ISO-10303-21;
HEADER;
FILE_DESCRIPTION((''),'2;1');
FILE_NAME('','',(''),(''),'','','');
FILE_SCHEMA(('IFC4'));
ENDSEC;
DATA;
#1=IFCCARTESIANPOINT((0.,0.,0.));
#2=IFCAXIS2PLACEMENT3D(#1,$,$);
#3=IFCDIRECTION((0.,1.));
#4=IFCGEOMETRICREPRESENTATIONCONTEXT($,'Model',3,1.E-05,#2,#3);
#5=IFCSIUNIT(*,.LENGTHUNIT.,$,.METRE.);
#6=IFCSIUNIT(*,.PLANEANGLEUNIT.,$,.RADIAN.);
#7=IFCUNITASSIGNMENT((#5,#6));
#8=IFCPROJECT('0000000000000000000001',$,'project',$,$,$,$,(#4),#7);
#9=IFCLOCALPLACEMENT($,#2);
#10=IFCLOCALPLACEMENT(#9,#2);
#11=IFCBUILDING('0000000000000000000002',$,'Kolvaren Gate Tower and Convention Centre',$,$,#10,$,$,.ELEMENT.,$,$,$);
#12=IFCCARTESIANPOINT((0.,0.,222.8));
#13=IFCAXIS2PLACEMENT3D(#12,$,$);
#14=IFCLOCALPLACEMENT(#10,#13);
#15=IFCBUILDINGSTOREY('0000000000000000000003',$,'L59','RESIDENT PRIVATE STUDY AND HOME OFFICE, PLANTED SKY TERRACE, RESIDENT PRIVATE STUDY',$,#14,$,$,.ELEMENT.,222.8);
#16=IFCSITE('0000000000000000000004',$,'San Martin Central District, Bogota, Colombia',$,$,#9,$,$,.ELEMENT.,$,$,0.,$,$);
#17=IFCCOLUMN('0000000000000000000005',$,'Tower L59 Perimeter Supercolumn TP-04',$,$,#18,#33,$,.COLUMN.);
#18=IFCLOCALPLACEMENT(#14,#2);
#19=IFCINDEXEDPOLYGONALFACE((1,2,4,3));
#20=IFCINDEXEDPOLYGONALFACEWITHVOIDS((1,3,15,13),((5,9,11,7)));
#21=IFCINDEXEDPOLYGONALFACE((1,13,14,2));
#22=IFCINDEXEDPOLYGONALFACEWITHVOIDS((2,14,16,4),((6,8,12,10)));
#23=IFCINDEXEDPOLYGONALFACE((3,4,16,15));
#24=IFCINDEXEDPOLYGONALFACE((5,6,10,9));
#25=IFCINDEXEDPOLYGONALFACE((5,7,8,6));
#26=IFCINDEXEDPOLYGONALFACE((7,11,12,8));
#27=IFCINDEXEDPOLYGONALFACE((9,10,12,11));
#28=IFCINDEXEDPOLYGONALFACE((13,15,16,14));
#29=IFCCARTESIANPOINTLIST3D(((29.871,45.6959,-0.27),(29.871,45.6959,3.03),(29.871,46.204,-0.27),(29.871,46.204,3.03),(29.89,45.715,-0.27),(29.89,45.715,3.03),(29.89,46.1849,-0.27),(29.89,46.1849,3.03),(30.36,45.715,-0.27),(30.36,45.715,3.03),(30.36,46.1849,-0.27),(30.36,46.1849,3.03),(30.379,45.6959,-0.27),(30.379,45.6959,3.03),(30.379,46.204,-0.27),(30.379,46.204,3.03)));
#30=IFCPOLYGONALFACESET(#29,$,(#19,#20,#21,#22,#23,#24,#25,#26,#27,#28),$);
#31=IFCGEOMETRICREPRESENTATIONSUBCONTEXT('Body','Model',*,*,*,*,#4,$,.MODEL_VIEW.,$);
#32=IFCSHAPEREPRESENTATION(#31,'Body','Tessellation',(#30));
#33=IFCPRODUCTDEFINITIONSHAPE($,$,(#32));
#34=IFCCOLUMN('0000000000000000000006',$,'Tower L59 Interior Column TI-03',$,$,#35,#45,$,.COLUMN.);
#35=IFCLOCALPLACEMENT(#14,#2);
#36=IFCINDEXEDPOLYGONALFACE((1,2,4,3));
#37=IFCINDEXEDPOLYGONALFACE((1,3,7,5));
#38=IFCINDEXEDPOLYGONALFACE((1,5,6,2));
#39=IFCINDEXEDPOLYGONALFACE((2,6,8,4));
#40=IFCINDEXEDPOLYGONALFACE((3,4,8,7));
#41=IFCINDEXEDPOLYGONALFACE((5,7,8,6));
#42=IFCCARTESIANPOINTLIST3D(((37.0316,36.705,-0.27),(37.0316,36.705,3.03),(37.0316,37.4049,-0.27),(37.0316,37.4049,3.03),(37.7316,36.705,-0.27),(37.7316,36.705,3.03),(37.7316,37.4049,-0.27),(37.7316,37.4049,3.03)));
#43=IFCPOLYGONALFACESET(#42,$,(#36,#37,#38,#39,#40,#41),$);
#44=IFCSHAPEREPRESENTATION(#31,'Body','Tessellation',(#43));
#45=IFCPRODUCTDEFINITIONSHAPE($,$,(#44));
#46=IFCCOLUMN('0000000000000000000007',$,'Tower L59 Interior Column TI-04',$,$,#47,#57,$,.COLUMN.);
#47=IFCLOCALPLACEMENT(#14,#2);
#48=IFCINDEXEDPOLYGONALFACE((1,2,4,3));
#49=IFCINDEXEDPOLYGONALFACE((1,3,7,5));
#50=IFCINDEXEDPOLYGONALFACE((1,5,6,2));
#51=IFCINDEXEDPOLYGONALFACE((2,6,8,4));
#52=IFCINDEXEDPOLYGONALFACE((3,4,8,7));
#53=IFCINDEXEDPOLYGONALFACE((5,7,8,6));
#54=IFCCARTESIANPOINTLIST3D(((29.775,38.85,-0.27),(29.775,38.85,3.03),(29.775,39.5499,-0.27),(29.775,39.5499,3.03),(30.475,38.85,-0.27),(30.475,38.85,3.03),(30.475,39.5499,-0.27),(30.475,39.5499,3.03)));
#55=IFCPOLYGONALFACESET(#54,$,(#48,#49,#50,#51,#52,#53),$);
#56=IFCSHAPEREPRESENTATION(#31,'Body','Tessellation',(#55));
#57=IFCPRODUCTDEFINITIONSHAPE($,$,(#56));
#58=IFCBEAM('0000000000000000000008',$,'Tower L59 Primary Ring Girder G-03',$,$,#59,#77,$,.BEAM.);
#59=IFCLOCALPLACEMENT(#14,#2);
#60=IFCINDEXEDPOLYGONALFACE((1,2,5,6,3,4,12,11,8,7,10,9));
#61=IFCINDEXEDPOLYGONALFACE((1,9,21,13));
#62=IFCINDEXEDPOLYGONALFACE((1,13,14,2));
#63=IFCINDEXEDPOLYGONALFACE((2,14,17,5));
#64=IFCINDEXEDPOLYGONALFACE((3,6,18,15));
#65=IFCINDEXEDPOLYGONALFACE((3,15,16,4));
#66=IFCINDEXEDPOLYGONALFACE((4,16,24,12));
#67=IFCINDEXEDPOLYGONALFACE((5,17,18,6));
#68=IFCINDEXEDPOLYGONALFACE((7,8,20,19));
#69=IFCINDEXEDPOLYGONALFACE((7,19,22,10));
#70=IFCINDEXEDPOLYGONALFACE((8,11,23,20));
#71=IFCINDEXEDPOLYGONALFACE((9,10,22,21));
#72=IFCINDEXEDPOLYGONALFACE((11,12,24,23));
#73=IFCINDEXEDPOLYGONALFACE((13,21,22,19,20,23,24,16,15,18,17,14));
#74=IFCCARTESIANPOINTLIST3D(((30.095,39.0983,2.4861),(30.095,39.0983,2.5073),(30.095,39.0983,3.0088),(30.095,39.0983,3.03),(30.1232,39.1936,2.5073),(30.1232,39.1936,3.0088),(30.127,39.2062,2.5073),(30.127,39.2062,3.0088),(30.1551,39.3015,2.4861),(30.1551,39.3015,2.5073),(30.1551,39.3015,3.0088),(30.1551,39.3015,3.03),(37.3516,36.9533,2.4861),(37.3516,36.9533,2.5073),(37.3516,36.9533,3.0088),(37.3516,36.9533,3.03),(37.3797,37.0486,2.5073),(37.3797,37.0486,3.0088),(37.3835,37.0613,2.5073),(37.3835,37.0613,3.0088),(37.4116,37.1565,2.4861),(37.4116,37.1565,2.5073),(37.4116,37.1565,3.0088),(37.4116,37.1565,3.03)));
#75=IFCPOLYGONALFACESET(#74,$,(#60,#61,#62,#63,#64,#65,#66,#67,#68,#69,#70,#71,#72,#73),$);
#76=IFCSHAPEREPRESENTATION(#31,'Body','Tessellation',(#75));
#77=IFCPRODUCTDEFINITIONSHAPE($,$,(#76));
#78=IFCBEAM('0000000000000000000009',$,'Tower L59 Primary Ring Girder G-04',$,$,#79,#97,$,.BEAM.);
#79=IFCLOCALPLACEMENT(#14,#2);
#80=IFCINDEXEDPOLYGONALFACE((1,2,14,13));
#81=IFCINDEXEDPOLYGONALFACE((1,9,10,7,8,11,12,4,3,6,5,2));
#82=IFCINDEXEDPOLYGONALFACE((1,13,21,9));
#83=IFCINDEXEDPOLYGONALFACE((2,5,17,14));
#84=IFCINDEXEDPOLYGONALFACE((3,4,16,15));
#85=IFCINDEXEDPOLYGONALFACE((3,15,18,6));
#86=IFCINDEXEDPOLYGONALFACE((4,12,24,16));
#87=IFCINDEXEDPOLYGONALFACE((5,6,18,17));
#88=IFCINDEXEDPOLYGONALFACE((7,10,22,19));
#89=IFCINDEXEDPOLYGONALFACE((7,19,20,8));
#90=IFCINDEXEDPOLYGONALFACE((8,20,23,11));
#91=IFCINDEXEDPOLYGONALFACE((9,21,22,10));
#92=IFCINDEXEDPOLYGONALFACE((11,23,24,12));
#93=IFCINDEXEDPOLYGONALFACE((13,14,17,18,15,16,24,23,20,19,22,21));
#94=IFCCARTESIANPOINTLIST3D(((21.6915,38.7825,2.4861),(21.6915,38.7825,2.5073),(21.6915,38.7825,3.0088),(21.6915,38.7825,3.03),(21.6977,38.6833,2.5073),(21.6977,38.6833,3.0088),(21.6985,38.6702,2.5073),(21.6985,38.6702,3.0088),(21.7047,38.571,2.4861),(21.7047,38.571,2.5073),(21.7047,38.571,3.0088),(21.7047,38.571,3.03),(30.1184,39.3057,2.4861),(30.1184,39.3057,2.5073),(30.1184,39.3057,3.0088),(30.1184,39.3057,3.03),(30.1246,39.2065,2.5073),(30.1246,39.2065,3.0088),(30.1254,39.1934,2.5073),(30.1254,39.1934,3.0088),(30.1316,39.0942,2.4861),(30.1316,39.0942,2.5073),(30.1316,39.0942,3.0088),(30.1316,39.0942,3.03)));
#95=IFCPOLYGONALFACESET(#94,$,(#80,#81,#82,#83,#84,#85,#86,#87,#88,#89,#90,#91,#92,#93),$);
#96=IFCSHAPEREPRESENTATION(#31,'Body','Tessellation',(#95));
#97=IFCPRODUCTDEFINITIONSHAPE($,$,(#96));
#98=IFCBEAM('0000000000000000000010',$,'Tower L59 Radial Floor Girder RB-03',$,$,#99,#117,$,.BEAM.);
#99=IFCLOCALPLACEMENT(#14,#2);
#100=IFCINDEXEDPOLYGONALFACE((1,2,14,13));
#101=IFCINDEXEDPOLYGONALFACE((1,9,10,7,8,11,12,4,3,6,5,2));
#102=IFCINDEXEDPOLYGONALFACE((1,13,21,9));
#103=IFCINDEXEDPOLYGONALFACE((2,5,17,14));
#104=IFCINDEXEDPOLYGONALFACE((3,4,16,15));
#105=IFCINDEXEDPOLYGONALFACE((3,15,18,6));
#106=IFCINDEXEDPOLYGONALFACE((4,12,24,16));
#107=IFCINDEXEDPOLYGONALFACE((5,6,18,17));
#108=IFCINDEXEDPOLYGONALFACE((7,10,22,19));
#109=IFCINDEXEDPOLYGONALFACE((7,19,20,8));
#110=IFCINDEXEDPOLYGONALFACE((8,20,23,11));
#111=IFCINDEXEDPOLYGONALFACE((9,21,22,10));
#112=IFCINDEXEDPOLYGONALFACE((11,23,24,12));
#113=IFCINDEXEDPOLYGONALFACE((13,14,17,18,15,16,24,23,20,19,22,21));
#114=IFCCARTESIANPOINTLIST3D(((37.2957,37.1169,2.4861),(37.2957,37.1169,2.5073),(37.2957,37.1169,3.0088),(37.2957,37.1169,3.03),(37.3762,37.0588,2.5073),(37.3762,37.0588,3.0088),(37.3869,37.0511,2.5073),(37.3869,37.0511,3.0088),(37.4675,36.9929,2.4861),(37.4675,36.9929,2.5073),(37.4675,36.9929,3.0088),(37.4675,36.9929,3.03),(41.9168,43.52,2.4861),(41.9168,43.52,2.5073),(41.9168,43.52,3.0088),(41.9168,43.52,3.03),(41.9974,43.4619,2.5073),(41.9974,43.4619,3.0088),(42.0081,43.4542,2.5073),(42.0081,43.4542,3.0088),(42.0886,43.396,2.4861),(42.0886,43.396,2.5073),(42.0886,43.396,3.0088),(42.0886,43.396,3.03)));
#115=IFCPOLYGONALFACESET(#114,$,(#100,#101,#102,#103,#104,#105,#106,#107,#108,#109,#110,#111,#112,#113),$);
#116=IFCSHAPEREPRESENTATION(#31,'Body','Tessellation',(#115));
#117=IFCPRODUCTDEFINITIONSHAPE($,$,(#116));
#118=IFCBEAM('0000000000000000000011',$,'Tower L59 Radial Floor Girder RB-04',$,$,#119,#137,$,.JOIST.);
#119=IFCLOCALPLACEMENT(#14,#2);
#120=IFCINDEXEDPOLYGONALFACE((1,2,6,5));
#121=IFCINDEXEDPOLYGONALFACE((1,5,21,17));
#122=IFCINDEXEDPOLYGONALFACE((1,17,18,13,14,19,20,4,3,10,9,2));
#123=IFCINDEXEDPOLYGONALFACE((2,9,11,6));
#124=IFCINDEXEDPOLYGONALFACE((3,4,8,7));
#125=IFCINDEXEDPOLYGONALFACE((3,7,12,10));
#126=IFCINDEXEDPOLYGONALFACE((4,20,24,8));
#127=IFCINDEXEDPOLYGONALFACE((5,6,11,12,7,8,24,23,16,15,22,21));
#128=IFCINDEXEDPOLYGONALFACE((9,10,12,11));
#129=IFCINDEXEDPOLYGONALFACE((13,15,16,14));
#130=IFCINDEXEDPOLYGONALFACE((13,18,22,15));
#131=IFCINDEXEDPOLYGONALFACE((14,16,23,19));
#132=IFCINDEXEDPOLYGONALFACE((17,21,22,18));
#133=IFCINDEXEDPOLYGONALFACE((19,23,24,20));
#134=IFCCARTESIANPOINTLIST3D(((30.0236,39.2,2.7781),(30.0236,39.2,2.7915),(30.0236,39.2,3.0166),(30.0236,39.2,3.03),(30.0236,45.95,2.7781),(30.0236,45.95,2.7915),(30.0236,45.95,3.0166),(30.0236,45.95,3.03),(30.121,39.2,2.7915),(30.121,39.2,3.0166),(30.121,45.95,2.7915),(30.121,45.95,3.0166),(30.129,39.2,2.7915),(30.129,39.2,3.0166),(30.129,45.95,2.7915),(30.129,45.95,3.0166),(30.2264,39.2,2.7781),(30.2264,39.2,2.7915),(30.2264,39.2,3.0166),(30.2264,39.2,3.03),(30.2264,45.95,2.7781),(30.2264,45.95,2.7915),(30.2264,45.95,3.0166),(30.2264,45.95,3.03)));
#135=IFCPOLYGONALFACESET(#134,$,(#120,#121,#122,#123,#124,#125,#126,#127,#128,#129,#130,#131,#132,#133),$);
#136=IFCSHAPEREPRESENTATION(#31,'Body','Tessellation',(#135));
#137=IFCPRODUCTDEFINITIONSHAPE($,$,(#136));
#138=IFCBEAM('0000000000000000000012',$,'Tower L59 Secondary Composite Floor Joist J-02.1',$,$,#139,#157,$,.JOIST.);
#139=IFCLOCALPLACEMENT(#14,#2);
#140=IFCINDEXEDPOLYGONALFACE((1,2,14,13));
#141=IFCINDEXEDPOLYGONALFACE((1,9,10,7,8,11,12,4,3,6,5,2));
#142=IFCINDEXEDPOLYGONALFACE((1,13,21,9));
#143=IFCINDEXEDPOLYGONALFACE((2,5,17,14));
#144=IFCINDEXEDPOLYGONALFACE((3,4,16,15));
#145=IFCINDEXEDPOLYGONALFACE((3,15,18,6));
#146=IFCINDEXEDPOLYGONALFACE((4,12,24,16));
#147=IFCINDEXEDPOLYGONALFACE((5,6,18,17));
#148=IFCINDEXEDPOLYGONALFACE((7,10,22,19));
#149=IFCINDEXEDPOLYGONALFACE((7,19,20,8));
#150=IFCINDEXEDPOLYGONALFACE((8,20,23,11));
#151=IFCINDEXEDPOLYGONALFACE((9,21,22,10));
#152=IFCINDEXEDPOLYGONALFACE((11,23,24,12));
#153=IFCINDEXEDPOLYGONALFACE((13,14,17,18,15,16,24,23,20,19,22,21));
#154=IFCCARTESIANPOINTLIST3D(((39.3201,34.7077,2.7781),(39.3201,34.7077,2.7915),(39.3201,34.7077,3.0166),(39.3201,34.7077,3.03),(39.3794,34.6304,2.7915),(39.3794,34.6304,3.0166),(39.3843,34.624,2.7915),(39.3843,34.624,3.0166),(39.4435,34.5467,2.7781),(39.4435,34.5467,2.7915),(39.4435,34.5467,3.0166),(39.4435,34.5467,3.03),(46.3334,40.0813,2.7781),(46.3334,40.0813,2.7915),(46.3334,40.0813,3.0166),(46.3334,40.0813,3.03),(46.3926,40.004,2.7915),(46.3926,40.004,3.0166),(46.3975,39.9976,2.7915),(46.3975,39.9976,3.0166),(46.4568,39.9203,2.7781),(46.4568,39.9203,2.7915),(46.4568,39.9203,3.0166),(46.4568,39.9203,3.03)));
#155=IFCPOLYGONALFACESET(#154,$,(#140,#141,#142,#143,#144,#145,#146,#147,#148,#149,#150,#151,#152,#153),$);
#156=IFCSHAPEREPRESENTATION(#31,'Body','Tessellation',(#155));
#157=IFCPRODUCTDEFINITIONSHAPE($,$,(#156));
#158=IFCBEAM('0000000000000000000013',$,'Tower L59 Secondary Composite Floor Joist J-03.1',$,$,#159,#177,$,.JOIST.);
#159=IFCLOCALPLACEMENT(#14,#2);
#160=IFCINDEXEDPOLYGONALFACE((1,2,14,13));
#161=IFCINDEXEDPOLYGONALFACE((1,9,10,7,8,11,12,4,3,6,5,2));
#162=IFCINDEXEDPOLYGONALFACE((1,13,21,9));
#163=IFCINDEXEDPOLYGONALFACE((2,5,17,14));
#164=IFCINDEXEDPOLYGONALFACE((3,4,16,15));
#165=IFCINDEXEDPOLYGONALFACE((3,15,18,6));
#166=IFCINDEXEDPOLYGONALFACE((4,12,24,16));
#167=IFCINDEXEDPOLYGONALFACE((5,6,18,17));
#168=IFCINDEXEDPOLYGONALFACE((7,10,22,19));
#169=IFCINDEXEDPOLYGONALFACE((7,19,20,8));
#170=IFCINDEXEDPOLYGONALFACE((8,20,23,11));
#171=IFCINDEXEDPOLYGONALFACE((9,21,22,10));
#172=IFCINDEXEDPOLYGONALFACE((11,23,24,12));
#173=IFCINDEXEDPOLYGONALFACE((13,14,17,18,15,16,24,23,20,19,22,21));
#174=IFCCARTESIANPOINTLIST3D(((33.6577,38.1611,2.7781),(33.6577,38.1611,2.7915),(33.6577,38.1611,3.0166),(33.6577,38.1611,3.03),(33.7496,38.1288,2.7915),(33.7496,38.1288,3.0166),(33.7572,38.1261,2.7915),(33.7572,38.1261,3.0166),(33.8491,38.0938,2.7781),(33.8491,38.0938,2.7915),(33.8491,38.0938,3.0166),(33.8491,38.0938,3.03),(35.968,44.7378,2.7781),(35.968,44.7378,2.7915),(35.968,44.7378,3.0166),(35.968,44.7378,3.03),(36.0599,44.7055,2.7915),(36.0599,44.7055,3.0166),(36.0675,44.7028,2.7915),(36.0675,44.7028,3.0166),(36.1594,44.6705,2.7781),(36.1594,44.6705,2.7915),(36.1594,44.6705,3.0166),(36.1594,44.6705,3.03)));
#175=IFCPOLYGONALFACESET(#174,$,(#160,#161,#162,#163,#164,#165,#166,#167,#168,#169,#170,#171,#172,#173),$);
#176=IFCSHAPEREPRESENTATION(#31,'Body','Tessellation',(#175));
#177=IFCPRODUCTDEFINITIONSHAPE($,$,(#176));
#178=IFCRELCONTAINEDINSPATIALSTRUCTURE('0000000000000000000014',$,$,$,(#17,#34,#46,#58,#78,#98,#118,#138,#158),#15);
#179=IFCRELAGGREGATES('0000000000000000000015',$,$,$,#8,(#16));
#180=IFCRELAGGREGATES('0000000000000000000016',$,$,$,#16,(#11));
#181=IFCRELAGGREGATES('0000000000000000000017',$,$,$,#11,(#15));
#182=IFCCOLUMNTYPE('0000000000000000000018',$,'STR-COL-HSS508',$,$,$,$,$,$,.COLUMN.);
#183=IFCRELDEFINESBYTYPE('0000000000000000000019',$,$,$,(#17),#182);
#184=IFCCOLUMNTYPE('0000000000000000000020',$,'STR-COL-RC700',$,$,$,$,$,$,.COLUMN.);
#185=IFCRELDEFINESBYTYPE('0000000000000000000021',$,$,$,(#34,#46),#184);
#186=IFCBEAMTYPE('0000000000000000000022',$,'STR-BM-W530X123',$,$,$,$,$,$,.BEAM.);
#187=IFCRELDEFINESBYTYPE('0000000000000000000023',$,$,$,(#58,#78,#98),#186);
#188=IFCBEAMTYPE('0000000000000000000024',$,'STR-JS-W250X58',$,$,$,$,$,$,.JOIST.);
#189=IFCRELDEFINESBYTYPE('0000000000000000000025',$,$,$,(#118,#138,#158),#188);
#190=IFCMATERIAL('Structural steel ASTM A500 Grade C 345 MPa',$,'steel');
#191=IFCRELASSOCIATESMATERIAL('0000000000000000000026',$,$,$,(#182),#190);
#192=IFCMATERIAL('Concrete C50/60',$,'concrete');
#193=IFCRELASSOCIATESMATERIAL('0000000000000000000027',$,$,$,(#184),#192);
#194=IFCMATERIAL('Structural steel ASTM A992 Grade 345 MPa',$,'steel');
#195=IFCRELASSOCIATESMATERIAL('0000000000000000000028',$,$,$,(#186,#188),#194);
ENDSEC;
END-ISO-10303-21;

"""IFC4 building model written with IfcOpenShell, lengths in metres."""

from ifc_helpers import new_model, si_unit, direction, frame, origin, origin_2d, place, context, subcontext, project, spatial, rectangle, hollow_rectangle, i_section, extrude, material, material_profile, profile_set, type_object, element, save


model = new_model("IFC4")

# Units and contexts
model_context = context("Model", 3, precision=1e-05, world=origin(), true_north=direction((0.0, 1.0)))
body_context = subcontext(model_context, "Body", "Model", "MODEL_VIEW")
ifc_project = project(units=[si_unit("LENGTHUNIT", "METRE"), si_unit("PLANEANGLEUNIT", "RADIAN")], contexts=[model_context])

# Site, building, storey
site_placement = place(None, origin())
site = spatial("IfcSite", under=ifc_project, at=site_placement, Name="San Martin Central District, Bogota, Colombia", CompositionType="ELEMENT", RefElevation=0.0)
building_placement = place(site_placement, origin())
building = spatial("IfcBuilding", under=site, at=building_placement, Name="Kolvaren Gate Tower and Convention Centre", CompositionType="ELEMENT")
storey_placement = place(building_placement, frame((0.0, 0.0, 222.8)))
storey = spatial("IfcBuildingStorey", under=building, at=storey_placement, Name="L59", Description="RESIDENT PRIVATE STUDY AND HOME OFFICE, PLANTED SKY TERRACE, RESIDENT PRIVATE STUDY", CompositionType="ELEMENT", Elevation=222.8)

# Columns
ifc_material_1 = material(Name="Structural steel ASTM A500 Grade C 345 MPa", Category="steel")
ifc_material_profile_1 = material_profile(ifc_material_1, hollow_rectangle(XDim=0.5081, YDim=0.5081, WallThickness=0.019, at=origin_2d()), Name="HSS508X508X19.1")
ifc_profile_set_1 = profile_set([ifc_material_profile_1], Name="Structural steel ASTM A500 Grade C 345 MPa")
column_type_1 = type_object("IfcColumnType", Name="STR-COL-HSS508", PredefinedType="COLUMN", material=ifc_profile_set_1)
column_placement = place(storey_placement, frame((30.125, 45.95, -0.27), z_axis=(0.0, 0.0, 1.0), x_axis=(1.0, 0.0, 0.0)))
element("IfcColumn", 1, at=column_placement, inside=storey, type_object=column_type_1, Name="Tower L59 Perimeter Supercolumn TP-04", PredefinedType="COLUMN", context=body_context, shape_type="SweptSolid", body=[
    extrude(hollow_rectangle(XDim=0.5081, YDim=0.5081, WallThickness=0.019, at=origin_2d()), origin(), (0.0, 0.0, 1.0), 3.3),
])
ifc_material_2 = material(Name="Concrete C50/60", Category="concrete")
ifc_material_profile_2 = material_profile(ifc_material_2, rectangle(XDim=0.7, YDim=0.7, at=origin_2d()), Name="RC-COL-700X700")
ifc_profile_set_2 = profile_set([ifc_material_profile_2], Name="Concrete C50/60")
column_type_2 = type_object("IfcColumnType", Name="STR-COL-RC700", PredefinedType="COLUMN", material=ifc_profile_set_2)
for number, where, z_axis, x_axis, name in (
    (2, (37.3816, 37.0549, -0.27), (0.0, 0.0, 1.0), (1.0, 0.0, 0.0), "Tower L59 Interior Column TI-03"),
    (3, (30.125, 39.2, -0.27), (0.0, 0.0, 1.0), (1.0, 0.0, 0.0), "Tower L59 Interior Column TI-04"),
):
    element("IfcColumn", number, at=place(storey_placement, frame(where, z_axis=z_axis, x_axis=x_axis)), inside=storey, type_object=column_type_2, Name=name, PredefinedType="COLUMN", context=body_context, shape_type="SweptSolid", body=[
        extrude(rectangle(XDim=0.7, YDim=0.7, at=origin_2d()), origin(), (0.0, 0.0, 1.0), 3.3),
    ])

# Beams
ifc_material_3 = material(Name="Structural steel ASTM A992 Grade 345 MPa", Category="steel")
ifc_material_profile_3 = material_profile(ifc_material_3, i_section(OverallWidth=0.2119, OverallDepth=0.5439, WebThickness=0.0132, FlangeThickness=0.0212, at=origin_2d()), Name="W530X123")
ifc_profile_set_3 = profile_set([ifc_material_profile_3], Name="Structural steel ASTM A992 Grade 345 MPa")
beam_type_1 = type_object("IfcBeamType", Name="STR-BM-W530X123", PredefinedType="BEAM", material=ifc_profile_set_3)
beam_1_placement = place(storey_placement, frame((37.3816, 37.0549, 2.7581), z_axis=(-0.958981, 0.283471, 0.0), x_axis=(-0.283471, -0.958981, 0.0)))
element("IfcBeam", 4, at=beam_1_placement, inside=storey, type_object=beam_type_1, Name="Tower L59 Primary Ring Girder G-03", PredefinedType="BEAM", context=body_context, shape_type="SweptSolid", body=[
    extrude(i_section(OverallWidth=0.2119, OverallDepth=0.5439, WebThickness=0.0132, FlangeThickness=0.0212, at=origin_2d()), origin(), (0.0, 0.0, 1.0), 7.5669),
])
beam_2_placement = place(storey_placement, frame((30.125, 39.2, 2.7581), z_axis=(-0.998078, -0.061966, 0.0), x_axis=(0.061966, -0.998078, 0.0)))
element("IfcBeam", 5, at=beam_2_placement, inside=storey, type_object=beam_type_1, Name="Tower L59 Primary Ring Girder G-04", PredefinedType="BEAM", context=body_context, shape_type="SweptSolid", body=[
    extrude(i_section(OverallWidth=0.2119, OverallDepth=0.5439, WebThickness=0.0132, FlangeThickness=0.0212, at=origin_2d()), origin(), (0.0, 0.0, 1.0), 8.4431),
])
beam_3_placement = place(storey_placement, frame((37.3816, 37.0549, 2.7581), z_axis=(0.585212, 0.810881, 0.0), x_axis=(-0.810881, 0.585212, 0.0)))
element("IfcBeam", 6, at=beam_3_placement, inside=storey, type_object=beam_type_1, Name="Tower L59 Radial Floor Girder RB-03", PredefinedType="BEAM", context=body_context, shape_type="SweptSolid", body=[
    extrude(i_section(OverallWidth=0.2119, OverallDepth=0.5439, WebThickness=0.0132, FlangeThickness=0.0212, at=origin_2d()), origin(), (0.0, 0.0, 1.0), 7.8965),
])
ifc_material_profile_4 = material_profile(ifc_material_3, i_section(OverallWidth=0.2029, OverallDepth=0.252, WebThickness=0.0081, FlangeThickness=0.0134, at=origin_2d()), Name="W250X58")
ifc_profile_set_4 = profile_set([ifc_material_profile_4], Name="Structural steel ASTM A992 Grade 345 MPa")
beam_type_2 = type_object("IfcBeamType", Name="STR-JS-W250X58", PredefinedType="JOIST", material=ifc_profile_set_4)
beam_4_placement = place(storey_placement, frame((30.125, 39.2, 2.9041), z_axis=(0.0, 1.0, 0.0), x_axis=(-1.0, 0.0, 0.0)))
element("IfcBeam", 7, at=beam_4_placement, inside=storey, type_object=beam_type_2, Name="Tower L59 Radial Floor Girder RB-04", PredefinedType="JOIST", context=body_context, shape_type="SweptSolid", body=[
    extrude(i_section(OverallWidth=0.2029, OverallDepth=0.252, WebThickness=0.0081, FlangeThickness=0.0134, at=origin_2d()), origin(), (0.0, 0.0, 1.0), 6.75),
])
beam_5_placement = place(storey_placement, frame((39.3818, 34.6272, 2.9041), z_axis=(0.793783, 0.608201, 0.0), x_axis=(-0.608201, 0.793783, 0.0)))
element("IfcBeam", 8, at=beam_5_placement, inside=storey, type_object=beam_type_2, Name="Tower L59 Secondary Composite Floor Joist J-02.1", PredefinedType="JOIST", context=body_context, shape_type="SweptSolid", body=[
    extrude(i_section(OverallWidth=0.2029, OverallDepth=0.252, WebThickness=0.0081, FlangeThickness=0.0134, at=origin_2d()), origin(), (0.0, 0.0, 1.0), 8.8352),
])
beam_6_placement = place(storey_placement, frame((33.7534, 38.1274, 2.9041), z_axis=(0.331433, 0.943479, 0.0), x_axis=(-0.943479, 0.331433, 0.0)))
element("IfcBeam", 9, at=beam_6_placement, inside=storey, type_object=beam_type_2, Name="Tower L59 Secondary Composite Floor Joist J-03.1", PredefinedType="JOIST", context=body_context, shape_type="SweptSolid", body=[
    extrude(i_section(OverallWidth=0.2029, OverallDepth=0.252, WebThickness=0.0081, FlangeThickness=0.0134, at=origin_2d()), origin(), (0.0, 0.0, 1.0), 6.9707),
])

save(model, "model.ifc")
